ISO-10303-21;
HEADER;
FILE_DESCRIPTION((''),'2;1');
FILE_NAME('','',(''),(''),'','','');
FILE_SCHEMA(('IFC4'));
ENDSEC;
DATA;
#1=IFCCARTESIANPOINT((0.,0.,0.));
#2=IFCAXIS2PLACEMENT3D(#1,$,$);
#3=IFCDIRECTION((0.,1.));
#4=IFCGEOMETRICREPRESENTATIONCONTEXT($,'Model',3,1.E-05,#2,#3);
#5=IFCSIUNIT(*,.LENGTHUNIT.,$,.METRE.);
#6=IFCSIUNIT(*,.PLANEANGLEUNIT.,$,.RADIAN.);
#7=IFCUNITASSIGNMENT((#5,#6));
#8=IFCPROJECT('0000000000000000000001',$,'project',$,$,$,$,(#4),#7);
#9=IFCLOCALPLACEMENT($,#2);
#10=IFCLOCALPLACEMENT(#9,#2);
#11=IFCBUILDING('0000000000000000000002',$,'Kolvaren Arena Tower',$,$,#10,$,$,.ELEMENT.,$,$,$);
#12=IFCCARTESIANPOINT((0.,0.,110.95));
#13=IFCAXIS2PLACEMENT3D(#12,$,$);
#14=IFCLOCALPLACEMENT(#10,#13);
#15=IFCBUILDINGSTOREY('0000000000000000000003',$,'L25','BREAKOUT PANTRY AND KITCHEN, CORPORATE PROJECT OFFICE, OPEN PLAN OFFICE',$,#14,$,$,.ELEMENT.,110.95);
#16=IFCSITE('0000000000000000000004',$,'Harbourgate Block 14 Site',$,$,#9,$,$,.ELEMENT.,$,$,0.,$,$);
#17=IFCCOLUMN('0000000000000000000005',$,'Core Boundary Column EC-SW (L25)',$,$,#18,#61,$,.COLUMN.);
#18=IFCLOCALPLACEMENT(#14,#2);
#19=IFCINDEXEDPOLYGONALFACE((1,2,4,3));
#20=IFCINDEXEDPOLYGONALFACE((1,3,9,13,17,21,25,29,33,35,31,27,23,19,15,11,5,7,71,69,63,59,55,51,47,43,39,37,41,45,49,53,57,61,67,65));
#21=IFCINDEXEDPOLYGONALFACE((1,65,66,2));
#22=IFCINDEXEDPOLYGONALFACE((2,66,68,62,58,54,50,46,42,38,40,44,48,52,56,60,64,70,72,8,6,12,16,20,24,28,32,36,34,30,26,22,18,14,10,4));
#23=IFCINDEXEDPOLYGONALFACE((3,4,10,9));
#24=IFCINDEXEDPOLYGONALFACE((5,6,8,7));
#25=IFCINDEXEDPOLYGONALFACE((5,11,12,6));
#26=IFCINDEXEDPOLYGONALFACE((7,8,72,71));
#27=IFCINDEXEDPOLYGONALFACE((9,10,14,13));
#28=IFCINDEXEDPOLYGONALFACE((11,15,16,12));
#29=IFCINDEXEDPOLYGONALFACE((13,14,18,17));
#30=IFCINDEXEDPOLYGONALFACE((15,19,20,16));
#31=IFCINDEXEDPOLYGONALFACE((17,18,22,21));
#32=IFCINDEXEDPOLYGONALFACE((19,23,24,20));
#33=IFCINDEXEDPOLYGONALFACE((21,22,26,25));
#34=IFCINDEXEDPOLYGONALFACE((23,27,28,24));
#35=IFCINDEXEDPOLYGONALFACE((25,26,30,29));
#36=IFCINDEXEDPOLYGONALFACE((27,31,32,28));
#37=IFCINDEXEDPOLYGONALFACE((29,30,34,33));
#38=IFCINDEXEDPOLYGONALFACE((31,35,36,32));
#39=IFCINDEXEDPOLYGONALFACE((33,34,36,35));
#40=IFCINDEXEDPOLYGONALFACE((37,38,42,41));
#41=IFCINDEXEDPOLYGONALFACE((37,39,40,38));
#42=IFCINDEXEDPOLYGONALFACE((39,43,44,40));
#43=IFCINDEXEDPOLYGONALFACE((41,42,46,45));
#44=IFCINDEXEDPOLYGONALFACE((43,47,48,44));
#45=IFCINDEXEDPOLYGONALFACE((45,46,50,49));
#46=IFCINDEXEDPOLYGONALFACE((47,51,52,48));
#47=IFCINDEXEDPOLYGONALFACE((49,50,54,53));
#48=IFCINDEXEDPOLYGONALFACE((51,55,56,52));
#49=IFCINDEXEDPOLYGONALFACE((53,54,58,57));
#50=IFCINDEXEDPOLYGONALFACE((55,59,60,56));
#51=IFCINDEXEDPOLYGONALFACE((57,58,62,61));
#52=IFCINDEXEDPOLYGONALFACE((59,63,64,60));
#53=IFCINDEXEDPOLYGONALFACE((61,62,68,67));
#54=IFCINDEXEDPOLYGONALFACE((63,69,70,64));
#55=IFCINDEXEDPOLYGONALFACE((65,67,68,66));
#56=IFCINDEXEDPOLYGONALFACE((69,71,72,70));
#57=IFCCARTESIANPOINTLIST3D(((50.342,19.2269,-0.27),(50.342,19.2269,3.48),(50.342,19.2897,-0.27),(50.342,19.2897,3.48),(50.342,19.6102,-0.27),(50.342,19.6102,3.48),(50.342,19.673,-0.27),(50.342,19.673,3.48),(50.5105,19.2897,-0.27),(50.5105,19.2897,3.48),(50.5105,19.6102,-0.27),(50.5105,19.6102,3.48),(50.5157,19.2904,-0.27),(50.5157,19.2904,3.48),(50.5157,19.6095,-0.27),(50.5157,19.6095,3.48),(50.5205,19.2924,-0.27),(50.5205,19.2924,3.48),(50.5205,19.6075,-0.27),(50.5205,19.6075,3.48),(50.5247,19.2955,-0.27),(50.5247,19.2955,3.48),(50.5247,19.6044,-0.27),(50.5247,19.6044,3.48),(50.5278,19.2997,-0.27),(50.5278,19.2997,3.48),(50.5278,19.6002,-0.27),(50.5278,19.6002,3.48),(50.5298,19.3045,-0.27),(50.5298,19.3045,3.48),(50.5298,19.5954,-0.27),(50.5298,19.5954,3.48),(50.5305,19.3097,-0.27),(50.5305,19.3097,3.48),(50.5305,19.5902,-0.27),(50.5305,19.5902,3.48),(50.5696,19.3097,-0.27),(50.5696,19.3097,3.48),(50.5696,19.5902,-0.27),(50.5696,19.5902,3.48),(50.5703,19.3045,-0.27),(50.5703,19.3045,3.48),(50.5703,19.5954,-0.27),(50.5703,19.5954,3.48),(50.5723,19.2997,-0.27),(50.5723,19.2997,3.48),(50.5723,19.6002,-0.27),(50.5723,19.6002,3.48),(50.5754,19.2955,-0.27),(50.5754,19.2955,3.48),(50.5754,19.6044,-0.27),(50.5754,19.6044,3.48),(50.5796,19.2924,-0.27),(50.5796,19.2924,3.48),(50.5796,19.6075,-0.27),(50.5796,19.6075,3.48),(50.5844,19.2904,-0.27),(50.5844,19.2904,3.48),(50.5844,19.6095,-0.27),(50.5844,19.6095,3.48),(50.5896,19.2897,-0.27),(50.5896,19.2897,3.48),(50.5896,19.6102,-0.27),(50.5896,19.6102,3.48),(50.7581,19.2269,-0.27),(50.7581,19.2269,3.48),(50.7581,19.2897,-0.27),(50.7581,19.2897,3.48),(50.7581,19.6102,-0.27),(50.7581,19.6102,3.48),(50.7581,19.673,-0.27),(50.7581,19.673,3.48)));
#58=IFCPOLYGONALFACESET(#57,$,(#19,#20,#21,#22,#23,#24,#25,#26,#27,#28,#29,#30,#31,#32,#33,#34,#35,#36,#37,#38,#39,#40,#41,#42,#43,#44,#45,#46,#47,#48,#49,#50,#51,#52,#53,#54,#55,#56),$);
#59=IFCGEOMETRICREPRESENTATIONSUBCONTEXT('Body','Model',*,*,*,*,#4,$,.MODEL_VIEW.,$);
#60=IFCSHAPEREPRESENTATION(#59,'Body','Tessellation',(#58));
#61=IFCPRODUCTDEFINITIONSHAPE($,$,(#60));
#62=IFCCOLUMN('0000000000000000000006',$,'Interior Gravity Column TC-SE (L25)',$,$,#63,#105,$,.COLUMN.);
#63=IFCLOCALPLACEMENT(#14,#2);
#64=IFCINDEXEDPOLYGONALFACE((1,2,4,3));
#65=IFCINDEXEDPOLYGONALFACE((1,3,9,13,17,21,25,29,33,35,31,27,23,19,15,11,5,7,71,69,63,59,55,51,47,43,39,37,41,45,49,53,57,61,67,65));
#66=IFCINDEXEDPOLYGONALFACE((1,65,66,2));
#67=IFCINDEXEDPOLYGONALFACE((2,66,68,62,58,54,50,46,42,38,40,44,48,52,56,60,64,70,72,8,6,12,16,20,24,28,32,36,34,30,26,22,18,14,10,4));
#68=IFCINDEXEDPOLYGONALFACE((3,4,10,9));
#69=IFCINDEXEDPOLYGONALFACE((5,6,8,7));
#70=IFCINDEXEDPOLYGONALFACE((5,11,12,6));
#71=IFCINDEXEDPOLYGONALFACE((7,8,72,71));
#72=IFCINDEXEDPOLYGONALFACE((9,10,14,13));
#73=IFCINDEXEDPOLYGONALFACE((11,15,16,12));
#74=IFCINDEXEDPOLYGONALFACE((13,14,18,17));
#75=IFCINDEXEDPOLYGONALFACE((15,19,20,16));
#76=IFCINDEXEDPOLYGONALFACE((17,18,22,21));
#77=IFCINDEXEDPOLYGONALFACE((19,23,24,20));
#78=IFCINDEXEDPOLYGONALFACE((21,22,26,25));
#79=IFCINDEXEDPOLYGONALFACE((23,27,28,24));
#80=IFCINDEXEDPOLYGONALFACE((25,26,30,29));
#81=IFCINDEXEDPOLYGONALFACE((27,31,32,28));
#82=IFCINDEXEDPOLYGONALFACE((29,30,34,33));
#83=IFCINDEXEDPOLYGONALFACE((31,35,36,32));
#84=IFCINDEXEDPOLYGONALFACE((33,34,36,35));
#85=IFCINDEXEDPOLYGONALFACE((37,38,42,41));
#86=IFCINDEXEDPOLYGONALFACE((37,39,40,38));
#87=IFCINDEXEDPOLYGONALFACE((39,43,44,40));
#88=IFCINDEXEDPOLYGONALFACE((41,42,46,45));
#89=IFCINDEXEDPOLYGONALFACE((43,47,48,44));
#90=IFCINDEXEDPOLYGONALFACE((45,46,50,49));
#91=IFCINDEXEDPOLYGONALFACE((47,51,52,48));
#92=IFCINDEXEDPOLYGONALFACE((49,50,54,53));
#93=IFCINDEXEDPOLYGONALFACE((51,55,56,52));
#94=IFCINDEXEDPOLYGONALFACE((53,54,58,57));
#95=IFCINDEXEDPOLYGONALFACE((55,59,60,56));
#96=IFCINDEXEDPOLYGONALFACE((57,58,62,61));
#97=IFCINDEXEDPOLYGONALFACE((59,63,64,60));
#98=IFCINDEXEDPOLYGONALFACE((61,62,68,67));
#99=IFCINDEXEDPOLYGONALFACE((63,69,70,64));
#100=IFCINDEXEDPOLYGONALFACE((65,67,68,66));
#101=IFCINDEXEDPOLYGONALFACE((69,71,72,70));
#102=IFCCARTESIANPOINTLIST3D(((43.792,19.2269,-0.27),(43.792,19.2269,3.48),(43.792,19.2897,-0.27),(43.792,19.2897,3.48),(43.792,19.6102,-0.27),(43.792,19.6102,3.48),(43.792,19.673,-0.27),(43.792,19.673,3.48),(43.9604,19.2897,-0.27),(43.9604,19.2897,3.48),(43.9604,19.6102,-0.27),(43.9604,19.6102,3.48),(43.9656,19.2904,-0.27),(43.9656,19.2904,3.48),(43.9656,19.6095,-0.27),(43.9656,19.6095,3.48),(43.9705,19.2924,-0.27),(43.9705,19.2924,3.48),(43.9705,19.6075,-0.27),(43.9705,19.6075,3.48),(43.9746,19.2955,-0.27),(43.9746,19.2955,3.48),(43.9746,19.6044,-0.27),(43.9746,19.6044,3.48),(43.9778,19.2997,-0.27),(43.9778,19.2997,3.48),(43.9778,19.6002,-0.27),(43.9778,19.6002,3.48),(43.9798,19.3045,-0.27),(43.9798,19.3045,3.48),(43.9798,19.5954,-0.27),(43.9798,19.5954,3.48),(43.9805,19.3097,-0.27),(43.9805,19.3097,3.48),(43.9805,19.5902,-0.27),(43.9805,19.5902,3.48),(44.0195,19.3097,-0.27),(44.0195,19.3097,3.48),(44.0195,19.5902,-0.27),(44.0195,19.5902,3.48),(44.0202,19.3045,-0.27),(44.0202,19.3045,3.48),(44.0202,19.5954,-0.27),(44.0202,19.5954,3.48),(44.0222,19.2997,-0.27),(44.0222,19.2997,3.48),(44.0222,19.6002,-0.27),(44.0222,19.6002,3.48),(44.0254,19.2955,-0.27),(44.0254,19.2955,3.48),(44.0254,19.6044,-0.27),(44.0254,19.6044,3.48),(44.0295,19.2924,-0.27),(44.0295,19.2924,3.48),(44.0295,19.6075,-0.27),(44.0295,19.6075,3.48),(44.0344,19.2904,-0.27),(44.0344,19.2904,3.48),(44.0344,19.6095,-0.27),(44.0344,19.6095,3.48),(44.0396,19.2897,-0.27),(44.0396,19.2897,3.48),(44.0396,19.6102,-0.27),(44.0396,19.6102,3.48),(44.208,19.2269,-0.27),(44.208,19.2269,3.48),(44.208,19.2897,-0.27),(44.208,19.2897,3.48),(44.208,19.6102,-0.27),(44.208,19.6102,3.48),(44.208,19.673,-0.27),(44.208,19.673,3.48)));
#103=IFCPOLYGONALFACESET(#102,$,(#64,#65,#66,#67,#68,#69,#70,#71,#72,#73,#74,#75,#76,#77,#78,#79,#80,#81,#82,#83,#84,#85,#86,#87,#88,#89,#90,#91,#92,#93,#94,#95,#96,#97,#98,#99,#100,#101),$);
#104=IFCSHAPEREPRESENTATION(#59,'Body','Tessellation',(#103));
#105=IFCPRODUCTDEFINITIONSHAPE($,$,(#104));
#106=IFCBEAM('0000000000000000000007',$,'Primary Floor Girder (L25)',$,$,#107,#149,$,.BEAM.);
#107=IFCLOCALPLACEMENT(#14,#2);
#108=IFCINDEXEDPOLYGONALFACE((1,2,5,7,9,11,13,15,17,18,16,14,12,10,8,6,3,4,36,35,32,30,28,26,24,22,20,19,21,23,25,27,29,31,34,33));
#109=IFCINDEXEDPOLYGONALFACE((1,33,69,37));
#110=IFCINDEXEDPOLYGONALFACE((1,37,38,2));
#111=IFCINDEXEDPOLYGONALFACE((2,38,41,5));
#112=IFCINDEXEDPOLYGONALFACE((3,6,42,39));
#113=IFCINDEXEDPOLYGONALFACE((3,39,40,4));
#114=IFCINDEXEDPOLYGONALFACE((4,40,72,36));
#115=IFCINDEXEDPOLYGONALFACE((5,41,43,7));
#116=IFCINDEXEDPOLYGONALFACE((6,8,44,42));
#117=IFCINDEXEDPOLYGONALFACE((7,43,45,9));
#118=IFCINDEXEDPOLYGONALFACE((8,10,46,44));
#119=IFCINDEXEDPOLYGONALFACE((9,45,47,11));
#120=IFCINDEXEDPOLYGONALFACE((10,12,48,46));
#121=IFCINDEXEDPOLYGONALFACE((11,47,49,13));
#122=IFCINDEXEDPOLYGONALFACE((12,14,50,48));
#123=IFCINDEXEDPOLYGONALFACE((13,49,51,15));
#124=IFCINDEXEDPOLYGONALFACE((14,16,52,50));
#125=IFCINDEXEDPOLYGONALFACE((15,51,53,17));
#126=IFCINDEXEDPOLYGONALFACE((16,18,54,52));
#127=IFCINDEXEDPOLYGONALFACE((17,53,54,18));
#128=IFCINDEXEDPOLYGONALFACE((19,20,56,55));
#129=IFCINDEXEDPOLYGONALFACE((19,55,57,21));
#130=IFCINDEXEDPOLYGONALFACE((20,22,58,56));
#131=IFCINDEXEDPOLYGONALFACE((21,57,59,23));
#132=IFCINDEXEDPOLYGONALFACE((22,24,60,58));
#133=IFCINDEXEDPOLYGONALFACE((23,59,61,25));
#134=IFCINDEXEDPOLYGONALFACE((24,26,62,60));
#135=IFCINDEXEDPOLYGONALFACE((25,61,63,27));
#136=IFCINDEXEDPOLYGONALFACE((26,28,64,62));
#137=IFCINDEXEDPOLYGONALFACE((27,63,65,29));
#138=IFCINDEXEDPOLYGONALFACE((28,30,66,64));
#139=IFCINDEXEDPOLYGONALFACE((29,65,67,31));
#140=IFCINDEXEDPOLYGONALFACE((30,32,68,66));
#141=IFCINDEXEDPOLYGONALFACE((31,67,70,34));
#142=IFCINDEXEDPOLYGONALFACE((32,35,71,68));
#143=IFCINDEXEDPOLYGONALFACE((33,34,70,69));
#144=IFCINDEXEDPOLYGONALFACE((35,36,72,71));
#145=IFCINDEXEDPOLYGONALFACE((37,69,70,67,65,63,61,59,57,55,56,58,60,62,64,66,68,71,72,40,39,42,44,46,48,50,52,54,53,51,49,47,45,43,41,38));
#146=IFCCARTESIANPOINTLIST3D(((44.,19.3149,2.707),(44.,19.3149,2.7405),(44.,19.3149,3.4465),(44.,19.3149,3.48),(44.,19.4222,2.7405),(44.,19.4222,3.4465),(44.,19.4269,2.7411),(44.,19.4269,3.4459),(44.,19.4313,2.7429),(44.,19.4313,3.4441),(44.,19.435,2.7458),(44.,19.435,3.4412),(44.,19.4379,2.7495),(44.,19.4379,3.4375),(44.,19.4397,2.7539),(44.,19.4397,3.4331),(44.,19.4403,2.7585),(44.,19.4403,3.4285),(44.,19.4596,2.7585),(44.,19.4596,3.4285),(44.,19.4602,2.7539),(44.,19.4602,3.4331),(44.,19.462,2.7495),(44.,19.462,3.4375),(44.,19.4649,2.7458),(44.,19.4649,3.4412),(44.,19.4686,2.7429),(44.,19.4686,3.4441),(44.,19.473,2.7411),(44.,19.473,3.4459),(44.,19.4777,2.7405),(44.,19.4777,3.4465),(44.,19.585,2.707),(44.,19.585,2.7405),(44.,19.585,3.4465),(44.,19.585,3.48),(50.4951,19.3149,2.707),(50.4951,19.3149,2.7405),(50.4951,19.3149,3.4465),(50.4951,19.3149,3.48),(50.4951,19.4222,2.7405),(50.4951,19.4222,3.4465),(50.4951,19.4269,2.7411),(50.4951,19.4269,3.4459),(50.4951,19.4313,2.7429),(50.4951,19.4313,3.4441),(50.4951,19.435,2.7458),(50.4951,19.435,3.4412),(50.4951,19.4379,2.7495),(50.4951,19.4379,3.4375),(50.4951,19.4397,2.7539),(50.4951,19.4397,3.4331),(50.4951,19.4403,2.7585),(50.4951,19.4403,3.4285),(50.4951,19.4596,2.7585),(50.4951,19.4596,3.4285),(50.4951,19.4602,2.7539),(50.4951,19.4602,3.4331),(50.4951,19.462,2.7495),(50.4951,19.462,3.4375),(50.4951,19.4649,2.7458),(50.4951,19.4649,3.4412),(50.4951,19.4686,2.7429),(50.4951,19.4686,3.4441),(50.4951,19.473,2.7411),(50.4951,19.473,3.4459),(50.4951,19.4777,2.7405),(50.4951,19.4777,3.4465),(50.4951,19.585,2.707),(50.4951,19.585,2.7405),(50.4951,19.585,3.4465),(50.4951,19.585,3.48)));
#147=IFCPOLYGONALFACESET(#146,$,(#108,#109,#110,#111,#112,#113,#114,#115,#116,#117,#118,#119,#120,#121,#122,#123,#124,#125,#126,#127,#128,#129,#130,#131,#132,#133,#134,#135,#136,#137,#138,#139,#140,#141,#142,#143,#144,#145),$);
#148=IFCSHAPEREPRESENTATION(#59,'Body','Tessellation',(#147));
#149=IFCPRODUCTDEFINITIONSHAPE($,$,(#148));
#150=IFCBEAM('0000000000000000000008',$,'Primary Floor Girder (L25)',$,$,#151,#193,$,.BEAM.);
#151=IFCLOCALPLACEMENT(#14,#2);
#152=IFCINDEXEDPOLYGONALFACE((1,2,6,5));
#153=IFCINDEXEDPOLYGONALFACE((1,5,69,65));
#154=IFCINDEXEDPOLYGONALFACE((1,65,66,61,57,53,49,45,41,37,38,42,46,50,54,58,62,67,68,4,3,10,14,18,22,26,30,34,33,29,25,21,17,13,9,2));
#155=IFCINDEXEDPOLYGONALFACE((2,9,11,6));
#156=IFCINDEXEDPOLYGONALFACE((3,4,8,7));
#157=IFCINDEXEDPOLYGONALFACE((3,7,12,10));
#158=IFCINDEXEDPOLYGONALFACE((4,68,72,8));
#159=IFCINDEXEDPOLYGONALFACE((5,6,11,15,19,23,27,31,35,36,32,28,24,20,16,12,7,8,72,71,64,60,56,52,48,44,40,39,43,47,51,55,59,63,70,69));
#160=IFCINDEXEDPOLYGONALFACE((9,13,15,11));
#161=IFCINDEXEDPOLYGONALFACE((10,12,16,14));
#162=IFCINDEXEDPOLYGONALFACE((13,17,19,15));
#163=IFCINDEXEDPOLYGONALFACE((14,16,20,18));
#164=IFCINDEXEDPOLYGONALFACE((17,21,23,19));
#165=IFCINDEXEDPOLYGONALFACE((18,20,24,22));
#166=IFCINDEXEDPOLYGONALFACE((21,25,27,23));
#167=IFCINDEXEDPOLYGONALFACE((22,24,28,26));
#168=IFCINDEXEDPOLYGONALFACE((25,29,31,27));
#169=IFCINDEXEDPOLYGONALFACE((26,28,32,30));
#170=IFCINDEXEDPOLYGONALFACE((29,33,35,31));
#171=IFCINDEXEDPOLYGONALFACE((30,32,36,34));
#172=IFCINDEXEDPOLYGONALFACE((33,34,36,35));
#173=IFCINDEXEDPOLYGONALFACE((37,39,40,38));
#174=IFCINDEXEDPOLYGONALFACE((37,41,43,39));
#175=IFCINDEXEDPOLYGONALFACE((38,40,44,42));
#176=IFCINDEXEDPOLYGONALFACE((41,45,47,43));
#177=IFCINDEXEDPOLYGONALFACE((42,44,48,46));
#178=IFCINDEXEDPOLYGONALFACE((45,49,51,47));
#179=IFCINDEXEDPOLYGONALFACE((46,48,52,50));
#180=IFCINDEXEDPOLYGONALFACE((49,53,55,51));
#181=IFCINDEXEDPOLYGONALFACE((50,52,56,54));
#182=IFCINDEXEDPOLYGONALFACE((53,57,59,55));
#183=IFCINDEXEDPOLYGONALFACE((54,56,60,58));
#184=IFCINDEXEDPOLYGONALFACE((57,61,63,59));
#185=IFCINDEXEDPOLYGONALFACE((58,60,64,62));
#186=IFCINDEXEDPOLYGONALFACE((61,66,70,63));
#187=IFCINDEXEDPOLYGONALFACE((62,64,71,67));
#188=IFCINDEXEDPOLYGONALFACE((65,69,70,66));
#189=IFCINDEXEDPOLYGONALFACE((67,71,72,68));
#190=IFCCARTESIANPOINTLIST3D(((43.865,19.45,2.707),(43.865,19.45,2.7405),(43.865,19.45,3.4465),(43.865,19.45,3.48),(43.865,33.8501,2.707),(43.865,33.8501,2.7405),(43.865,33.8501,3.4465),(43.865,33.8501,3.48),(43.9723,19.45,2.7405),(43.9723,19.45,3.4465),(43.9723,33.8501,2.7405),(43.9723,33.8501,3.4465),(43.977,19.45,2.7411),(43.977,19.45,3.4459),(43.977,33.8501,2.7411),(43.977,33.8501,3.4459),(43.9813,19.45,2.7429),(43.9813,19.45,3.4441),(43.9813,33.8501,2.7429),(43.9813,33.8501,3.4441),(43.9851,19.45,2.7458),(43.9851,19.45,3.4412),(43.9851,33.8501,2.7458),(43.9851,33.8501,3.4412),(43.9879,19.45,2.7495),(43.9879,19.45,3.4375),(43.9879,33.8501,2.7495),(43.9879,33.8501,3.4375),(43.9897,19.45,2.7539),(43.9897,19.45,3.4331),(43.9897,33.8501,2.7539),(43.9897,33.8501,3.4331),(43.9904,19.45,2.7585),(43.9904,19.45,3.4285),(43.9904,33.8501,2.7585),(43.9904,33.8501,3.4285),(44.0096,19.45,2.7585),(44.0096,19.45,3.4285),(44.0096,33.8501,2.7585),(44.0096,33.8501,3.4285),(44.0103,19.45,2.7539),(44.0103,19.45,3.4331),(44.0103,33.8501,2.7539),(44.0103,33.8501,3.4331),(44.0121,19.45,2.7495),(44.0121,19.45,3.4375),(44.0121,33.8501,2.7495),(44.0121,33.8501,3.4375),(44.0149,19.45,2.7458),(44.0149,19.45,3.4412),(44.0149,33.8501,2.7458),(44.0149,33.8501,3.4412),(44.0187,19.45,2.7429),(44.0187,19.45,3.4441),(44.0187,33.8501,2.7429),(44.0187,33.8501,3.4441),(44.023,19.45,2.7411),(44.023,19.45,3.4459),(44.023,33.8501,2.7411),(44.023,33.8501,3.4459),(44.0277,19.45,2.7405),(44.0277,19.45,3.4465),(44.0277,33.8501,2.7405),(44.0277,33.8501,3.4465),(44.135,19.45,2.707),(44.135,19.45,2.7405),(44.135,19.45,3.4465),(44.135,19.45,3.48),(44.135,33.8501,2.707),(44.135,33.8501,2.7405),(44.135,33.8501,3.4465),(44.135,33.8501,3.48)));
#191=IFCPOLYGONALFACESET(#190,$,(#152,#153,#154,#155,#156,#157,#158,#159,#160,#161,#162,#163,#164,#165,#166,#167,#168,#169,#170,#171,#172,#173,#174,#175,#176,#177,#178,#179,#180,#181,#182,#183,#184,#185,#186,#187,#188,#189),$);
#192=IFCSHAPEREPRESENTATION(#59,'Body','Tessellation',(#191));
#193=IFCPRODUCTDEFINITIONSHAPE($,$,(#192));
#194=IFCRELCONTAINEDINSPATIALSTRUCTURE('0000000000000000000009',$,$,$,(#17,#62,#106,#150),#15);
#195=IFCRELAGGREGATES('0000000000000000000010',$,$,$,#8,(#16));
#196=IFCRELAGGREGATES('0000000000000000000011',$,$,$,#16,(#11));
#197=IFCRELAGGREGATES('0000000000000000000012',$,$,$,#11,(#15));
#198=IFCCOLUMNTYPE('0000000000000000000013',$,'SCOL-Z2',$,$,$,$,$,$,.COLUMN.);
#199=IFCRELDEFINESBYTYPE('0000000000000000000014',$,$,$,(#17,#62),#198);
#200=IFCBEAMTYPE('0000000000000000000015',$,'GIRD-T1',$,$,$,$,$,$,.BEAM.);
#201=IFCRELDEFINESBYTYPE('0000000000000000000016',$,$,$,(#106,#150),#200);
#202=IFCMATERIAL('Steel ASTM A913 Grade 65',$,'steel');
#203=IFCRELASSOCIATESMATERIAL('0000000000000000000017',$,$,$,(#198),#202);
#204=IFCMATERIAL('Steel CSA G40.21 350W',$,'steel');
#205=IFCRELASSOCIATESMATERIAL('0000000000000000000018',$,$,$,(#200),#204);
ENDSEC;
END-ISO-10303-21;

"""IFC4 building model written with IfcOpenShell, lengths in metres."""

from ifc_helpers import new_model, si_unit, direction, frame, origin, origin_2d, place, context, subcontext, project, spatial, i_section, extrude, material, material_profile, profile_set, type_object, element, save


model = new_model("IFC4")

# Units and contexts
model_context = context("Model", 3, precision=1e-05, world=origin(), true_north=direction((0.0, 1.0)))
body_context = subcontext(model_context, "Body", "Model", "MODEL_VIEW")
ifc_project = project(units=[si_unit("LENGTHUNIT", "METRE"), si_unit("PLANEANGLEUNIT", "RADIAN")], contexts=[model_context])

# Site, building, storey
site_placement = place(None, origin())
site = spatial("IfcSite", under=ifc_project, at=site_placement, Name="Harbourgate Block 14 Site", CompositionType="ELEMENT", RefElevation=0.0)
building_placement = place(site_placement, origin())
building = spatial("IfcBuilding", under=site, at=building_placement, Name="Kolvaren Arena Tower", CompositionType="ELEMENT")
storey_placement = place(building_placement, frame((0.0, 0.0, 110.95)))
storey = spatial("IfcBuildingStorey", under=building, at=storey_placement, Name="L25", Description="BREAKOUT PANTRY AND KITCHEN, CORPORATE PROJECT OFFICE, OPEN PLAN OFFICE", CompositionType="ELEMENT", Elevation=110.95)

# Columns
ifc_material_1 = material(Name="Steel ASTM A913 Grade 65", Category="steel")
ifc_material_profile_1 = material_profile(ifc_material_1, i_section(OverallWidth=0.416, OverallDepth=0.446, WebThickness=0.0391, FlangeThickness=0.0627, FilletRadius=0.02, at=origin_2d()), Name="W360x509")
ifc_profile_set_1 = profile_set([ifc_material_profile_1], Name="Steel ASTM A913 Grade 65")
column_type = type_object("IfcColumnType", Name="SCOL-Z2", PredefinedType="COLUMN", material=ifc_profile_set_1)
for number, where, z_axis, x_axis, name in (
    (1, (50.55, 19.45, -0.27), (0.0, 0.0, 1.0), (1.0, 0.0, 0.0), "Core Boundary Column EC-SW (L25)"),
    (2, (44.0, 19.45, -0.27), (0.0, 0.0, 1.0), (1.0, 0.0, 0.0), "Interior Gravity Column TC-SE (L25)"),
):
    element("IfcColumn", number, at=place(storey_placement, frame(where, z_axis=z_axis, x_axis=x_axis)), inside=storey, type_object=column_type, Name=name, PredefinedType="COLUMN", context=body_context, shape_type="SweptSolid", body=[
        extrude(i_section(OverallWidth=0.416, OverallDepth=0.446, WebThickness=0.0391, FlangeThickness=0.0627, FilletRadius=0.02, at=origin_2d()), origin(), (0.0, 0.0, 1.0), 3.75),
    ])

# Beams
ifc_material_2 = material(Name="Steel CSA G40.21 350W", Category="steel")
ifc_material_profile_2 = material_profile(ifc_material_2, i_section(OverallWidth=0.27, OverallDepth=0.7729, WebThickness=0.0193, FlangeThickness=0.0334, FilletRadius=0.0181, at=origin_2d()), Name="W760x257")
ifc_profile_set_2 = profile_set([ifc_material_profile_2], Name="Steel CSA G40.21 350W")
beam_type_1 = type_object("IfcBeamType", Name="GIRD-T1", PredefinedType="BEAM", material=ifc_profile_set_2)
beam_1_placement = place(storey_placement, frame((44.0, 19.45, 3.0935), z_axis=(1.0, 0.0, 0.0), x_axis=(0.0, 1.0, 0.0)))
element("IfcBeam", 3, at=beam_1_placement, inside=storey, type_object=beam_type_1, Name="Primary Floor Girder (L25)", PredefinedType="BEAM", context=body_context, shape_type="SweptSolid", body=[
    extrude(i_section(OverallWidth=0.27, OverallDepth=0.7729, WebThickness=0.0193, FlangeThickness=0.0334, FilletRadius=0.0181, at=origin_2d()), origin(), (0.0, 0.0, 1.0), 6.4951),
])
beam_2_placement = place(storey_placement, frame((44.0, 19.45, 3.0935), z_axis=(0.0, 1.0, 0.0), x_axis=(-1.0, 0.0, 0.0)))
element("IfcBeam", 4, at=beam_2_placement, inside=storey, type_object=beam_type_1, Name="Primary Floor Girder (L25)", PredefinedType="BEAM", context=body_context, shape_type="SweptSolid", body=[
    extrude(i_section(OverallWidth=0.27, OverallDepth=0.7729, WebThickness=0.0193, FlangeThickness=0.0334, FilletRadius=0.0181, at=origin_2d()), origin(), (0.0, 0.0, 1.0), 14.4001),
])

save(model, "model.ifc")
